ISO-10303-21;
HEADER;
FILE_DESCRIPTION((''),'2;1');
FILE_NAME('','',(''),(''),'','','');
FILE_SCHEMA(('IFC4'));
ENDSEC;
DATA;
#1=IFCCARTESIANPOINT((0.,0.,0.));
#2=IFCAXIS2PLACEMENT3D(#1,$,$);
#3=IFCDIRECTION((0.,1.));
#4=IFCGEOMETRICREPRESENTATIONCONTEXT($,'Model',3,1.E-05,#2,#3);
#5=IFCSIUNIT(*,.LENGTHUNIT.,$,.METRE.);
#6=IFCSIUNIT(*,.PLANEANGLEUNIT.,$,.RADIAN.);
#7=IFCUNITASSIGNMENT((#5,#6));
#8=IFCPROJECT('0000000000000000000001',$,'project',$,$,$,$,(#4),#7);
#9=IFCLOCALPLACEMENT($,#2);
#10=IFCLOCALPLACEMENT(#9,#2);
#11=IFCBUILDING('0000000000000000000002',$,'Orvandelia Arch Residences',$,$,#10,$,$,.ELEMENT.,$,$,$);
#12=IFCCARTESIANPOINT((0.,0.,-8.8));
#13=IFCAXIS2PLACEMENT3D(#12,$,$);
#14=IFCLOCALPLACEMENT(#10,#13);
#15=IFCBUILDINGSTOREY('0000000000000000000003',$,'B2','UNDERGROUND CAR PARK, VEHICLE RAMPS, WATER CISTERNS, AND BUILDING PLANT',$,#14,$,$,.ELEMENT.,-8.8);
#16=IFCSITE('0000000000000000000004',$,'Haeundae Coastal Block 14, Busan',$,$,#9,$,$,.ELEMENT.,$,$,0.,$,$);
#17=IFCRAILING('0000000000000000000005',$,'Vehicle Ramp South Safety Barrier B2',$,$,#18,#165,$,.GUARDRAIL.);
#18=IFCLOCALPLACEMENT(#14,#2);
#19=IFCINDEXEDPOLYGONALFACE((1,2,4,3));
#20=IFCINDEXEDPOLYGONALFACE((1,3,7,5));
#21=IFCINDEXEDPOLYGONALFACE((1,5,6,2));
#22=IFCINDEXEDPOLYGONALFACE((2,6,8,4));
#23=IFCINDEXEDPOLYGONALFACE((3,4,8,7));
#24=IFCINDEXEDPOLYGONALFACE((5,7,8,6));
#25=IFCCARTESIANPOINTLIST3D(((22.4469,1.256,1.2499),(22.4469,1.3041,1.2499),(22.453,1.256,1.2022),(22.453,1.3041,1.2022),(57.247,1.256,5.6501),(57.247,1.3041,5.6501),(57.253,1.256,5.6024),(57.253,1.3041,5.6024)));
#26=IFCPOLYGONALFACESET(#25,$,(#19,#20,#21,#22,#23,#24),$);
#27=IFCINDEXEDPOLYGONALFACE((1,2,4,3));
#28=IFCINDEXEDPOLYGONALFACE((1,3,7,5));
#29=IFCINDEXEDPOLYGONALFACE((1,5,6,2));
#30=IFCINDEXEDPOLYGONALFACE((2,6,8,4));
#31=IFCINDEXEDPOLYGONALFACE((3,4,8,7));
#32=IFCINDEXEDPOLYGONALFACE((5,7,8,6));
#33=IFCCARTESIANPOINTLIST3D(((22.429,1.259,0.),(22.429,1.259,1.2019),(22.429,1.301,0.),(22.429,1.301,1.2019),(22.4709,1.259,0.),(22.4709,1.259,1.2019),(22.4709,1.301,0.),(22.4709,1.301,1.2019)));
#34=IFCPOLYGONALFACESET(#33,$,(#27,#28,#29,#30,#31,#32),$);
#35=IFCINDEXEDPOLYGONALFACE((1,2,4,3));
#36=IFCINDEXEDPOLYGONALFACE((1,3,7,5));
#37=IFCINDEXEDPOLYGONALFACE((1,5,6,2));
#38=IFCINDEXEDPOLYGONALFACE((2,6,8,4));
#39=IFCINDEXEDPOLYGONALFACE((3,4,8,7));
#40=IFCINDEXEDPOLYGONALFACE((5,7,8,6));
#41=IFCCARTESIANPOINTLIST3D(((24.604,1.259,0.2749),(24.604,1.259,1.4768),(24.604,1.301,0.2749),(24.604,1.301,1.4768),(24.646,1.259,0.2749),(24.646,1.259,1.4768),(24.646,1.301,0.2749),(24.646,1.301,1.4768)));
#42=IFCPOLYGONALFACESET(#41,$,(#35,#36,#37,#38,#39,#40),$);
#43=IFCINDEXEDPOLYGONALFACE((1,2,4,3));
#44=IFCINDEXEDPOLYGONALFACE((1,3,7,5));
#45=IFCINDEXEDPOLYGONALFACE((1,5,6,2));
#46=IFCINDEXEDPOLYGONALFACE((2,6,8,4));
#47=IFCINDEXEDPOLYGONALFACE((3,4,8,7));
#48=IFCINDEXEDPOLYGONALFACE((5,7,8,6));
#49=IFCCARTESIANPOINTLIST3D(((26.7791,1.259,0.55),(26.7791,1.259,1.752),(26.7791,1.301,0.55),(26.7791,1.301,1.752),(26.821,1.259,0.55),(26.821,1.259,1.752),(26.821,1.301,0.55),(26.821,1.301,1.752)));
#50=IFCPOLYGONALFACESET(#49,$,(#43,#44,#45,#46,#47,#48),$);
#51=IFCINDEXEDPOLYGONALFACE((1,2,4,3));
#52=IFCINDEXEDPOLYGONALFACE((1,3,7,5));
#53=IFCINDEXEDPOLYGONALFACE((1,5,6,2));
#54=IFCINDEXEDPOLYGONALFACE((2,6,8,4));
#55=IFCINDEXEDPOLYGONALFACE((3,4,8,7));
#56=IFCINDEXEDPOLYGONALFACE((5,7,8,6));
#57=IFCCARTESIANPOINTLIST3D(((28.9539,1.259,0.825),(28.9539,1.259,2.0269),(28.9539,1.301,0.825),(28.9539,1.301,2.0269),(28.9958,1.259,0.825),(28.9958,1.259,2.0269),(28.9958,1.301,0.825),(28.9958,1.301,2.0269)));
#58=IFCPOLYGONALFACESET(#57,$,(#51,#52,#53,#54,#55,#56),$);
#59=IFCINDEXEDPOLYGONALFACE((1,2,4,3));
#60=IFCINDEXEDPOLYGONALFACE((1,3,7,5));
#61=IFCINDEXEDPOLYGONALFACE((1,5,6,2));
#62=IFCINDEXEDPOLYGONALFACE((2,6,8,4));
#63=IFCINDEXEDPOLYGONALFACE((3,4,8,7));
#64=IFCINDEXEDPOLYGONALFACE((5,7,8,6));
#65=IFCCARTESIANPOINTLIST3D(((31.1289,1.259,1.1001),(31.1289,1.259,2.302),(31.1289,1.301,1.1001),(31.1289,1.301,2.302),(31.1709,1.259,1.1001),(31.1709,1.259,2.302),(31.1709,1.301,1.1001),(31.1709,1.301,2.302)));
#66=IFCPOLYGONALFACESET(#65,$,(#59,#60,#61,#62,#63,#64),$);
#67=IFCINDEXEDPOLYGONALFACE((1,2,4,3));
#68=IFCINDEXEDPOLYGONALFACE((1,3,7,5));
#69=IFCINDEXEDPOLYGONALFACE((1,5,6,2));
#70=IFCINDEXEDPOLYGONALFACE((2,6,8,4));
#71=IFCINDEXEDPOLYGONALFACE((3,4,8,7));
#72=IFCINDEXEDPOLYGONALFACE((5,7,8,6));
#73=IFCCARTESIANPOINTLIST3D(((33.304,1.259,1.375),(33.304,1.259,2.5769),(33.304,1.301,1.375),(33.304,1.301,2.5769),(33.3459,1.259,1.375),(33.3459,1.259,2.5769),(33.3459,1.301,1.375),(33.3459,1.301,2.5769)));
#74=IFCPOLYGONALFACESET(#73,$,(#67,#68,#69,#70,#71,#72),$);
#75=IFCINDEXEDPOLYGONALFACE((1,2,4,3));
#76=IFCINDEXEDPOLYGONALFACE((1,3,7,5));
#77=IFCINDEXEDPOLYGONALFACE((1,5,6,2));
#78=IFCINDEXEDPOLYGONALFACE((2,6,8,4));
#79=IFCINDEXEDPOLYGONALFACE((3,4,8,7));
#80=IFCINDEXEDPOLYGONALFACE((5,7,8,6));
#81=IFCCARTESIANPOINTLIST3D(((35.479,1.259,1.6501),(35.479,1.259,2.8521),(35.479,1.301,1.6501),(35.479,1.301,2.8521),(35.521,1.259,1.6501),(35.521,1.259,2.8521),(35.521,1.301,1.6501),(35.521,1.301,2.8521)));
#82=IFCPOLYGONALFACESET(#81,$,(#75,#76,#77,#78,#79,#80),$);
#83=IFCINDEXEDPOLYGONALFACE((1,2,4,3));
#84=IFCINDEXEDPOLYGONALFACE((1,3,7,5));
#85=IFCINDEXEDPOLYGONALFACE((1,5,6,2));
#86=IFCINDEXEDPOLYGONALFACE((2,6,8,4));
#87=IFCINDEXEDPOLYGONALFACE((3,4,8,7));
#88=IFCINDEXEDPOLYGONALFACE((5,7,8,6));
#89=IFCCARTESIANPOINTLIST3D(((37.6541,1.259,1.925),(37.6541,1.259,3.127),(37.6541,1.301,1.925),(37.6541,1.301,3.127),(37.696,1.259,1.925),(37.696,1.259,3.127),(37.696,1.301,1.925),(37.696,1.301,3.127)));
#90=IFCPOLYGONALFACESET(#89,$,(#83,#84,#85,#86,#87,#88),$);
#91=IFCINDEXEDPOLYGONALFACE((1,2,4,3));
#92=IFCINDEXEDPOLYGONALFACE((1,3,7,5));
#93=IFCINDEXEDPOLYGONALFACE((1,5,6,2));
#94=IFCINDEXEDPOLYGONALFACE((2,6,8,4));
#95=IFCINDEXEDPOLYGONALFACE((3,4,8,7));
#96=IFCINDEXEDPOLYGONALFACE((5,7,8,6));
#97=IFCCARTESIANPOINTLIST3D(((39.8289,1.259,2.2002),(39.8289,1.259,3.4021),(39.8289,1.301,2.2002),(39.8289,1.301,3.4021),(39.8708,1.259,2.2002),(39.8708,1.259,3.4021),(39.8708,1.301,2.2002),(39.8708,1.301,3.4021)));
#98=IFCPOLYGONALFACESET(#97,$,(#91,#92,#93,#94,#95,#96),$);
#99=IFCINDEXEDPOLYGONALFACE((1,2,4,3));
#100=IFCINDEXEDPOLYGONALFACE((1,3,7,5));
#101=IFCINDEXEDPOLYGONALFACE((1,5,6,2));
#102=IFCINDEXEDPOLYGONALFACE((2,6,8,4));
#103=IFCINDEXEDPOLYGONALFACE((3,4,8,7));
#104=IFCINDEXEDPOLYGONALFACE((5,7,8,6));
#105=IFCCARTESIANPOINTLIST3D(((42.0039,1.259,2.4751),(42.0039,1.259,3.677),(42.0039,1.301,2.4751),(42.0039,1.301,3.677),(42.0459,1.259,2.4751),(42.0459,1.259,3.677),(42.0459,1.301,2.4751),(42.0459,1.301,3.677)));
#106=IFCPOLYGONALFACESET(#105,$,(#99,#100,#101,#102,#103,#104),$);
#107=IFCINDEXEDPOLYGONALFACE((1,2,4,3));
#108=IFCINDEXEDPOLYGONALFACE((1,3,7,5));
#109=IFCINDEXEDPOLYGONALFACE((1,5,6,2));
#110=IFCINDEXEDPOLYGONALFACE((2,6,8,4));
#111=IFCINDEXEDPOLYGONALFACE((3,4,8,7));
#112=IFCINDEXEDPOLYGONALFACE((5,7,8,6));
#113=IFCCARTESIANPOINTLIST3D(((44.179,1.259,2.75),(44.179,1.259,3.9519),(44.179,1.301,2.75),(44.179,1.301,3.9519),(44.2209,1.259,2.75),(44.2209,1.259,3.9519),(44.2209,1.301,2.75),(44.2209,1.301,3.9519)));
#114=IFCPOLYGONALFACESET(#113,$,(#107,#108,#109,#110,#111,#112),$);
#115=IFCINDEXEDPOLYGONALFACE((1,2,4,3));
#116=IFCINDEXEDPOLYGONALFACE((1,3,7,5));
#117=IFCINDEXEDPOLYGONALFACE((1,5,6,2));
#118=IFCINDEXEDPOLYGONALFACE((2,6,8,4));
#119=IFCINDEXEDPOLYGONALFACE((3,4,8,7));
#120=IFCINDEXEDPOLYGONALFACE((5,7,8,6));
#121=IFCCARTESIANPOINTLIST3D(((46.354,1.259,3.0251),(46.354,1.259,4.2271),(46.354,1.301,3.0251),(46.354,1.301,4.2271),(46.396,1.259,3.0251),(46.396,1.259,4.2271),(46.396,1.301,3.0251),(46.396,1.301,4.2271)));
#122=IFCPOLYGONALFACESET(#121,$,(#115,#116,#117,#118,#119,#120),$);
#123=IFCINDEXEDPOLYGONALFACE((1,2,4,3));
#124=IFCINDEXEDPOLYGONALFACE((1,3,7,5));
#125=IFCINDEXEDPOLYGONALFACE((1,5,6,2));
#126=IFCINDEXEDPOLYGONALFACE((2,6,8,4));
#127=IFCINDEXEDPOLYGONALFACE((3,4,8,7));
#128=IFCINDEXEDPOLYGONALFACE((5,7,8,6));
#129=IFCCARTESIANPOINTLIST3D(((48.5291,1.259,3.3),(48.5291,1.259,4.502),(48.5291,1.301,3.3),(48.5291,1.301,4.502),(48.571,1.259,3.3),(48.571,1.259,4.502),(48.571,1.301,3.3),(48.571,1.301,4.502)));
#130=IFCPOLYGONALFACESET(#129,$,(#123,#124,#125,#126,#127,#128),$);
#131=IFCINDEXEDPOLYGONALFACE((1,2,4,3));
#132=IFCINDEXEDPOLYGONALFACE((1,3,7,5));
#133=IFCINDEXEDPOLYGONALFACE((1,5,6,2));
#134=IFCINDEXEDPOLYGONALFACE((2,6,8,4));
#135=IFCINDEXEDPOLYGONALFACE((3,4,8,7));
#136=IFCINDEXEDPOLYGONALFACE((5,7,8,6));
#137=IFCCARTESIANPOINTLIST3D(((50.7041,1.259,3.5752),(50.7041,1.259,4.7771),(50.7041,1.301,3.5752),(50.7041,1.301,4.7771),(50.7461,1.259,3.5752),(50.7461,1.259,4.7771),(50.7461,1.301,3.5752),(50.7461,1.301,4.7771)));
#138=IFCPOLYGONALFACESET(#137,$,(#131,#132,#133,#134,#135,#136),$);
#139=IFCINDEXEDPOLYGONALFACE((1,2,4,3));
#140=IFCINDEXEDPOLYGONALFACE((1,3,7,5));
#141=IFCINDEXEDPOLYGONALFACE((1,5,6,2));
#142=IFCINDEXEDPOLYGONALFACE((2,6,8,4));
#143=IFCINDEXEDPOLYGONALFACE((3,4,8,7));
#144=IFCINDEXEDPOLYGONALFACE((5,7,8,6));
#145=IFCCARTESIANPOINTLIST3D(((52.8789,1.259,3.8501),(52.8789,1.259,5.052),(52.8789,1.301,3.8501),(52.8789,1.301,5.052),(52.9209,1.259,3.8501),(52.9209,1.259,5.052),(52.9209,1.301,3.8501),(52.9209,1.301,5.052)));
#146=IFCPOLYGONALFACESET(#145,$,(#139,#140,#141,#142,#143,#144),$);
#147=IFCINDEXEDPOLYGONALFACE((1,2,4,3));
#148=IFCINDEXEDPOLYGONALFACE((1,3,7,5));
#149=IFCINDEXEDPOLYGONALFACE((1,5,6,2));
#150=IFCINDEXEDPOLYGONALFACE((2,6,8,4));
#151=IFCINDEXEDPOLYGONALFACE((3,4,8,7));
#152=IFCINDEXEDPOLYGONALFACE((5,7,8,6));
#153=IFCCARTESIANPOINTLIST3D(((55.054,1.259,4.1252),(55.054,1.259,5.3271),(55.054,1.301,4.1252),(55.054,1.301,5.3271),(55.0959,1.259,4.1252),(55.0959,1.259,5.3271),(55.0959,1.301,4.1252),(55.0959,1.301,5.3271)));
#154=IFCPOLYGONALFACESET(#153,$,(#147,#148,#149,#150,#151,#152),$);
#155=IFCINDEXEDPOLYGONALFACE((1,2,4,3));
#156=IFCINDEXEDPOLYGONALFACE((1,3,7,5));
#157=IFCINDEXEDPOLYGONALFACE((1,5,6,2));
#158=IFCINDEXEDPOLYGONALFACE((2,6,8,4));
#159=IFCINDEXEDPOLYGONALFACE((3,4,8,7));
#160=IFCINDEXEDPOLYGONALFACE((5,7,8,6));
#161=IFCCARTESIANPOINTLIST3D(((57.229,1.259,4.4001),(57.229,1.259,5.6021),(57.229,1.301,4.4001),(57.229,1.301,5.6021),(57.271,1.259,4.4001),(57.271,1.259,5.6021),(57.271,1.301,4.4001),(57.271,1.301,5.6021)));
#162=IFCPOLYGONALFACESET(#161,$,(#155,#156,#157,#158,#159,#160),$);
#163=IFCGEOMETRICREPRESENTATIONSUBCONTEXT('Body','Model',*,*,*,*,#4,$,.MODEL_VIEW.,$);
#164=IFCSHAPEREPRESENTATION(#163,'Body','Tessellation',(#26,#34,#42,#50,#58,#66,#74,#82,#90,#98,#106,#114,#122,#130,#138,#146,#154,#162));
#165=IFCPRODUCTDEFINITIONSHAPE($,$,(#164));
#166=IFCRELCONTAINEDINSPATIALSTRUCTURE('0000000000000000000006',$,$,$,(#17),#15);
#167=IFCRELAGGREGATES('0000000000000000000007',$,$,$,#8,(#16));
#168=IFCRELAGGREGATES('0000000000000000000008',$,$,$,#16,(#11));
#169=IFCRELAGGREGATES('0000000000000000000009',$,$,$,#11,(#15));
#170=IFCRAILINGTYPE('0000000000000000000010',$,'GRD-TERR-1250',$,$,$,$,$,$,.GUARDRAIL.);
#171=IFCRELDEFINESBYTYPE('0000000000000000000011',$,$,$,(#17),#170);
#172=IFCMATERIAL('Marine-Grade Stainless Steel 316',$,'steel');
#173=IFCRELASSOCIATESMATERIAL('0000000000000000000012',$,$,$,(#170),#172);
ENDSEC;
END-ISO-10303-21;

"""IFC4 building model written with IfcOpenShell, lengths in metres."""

from ifc_helpers import new_model, si_unit, direction, frame, origin, origin_2d, place, context, subcontext, project, spatial, rectangle, extrude, material, type_object, element, save


model = new_model("IFC4")

# Units and contexts
model_context = context("Model", 3, precision=1e-05, world=origin(), true_north=direction((0.0, 1.0)))
body_context = subcontext(model_context, "Body", "Model", "MODEL_VIEW")
ifc_project = project(units=[si_unit("LENGTHUNIT", "METRE"), si_unit("PLANEANGLEUNIT", "RADIAN")], contexts=[model_context])

# Site, building, storey
site_placement = place(None, origin())
site = spatial("IfcSite", under=ifc_project, at=site_placement, Name="Haeundae Coastal Block 14, Busan", CompositionType="ELEMENT", RefElevation=0.0)
building_placement = place(site_placement, origin())
building = spatial("IfcBuilding", under=site, at=building_placement, Name="Orvandelia Arch Residences", CompositionType="ELEMENT")
storey_placement = place(building_placement, frame((0.0, 0.0, -8.8)))
storey = spatial("IfcBuildingStorey", under=building, at=storey_placement, Name="B2", Description="UNDERGROUND CAR PARK, VEHICLE RAMPS, WATER CISTERNS, AND BUILDING PLANT", CompositionType="ELEMENT", Elevation=-8.8)

# Railing
ifc_material_1 = material(Name="Marine-Grade Stainless Steel 316", Category="steel")
railing_type = type_object("IfcRailingType", Name="GRD-TERR-1250", PredefinedType="GUARDRAIL", material=ifc_material_1)
railing_1_placement = place(storey_placement, frame((22.45, 1.28, 0.0)))
element("IfcRailing", 1, at=railing_1_placement, inside=storey, type_object=railing_type, Name="Vehicle Ramp South Safety Barrier B2", PredefinedType="GUARDRAIL", context=body_context, shape_type="SweptSolid", body=[
    extrude(rectangle(XDim=0.0481, YDim=0.0481, at=origin_2d()), frame((0.0, 0.0, 1.2261), z_axis=(0.992101, 0.0, 0.125442), x_axis=(0.0, 1.0, 0.0)), (0.0, 0.0, 1.0), 35.0771),
    extrude(rectangle(XDim=0.042, YDim=0.042, at=origin_2d()), origin(), (0.0, 0.0, 1.0), 1.2019),
    extrude(rectangle(XDim=0.042, YDim=0.042, at=origin_2d()), frame((2.175, 0.0, 0.2749)), (0.0, 0.0, 1.0), 1.2019),
    extrude(rectangle(XDim=0.042, YDim=0.042, at=origin_2d()), frame((4.3501, 0.0, 0.55)), (0.0, 0.0, 1.0), 1.2019),
    extrude(rectangle(XDim=0.042, YDim=0.042, at=origin_2d()), frame((6.5249, 0.0, 0.825)), (0.0, 0.0, 1.0), 1.2019),
    extrude(rectangle(XDim=0.042, YDim=0.042, at=origin_2d()), frame((8.7, 0.0, 1.1001)), (0.0, 0.0, 1.0), 1.2019),
    extrude(rectangle(XDim=0.042, YDim=0.042, at=origin_2d()), frame((10.875, 0.0, 1.375)), (0.0, 0.0, 1.0), 1.2019),
    extrude(rectangle(XDim=0.042, YDim=0.042, at=origin_2d()), frame((13.05, 0.0, 1.6501)), (0.0, 0.0, 1.0), 1.2019),
    extrude(rectangle(XDim=0.042, YDim=0.042, at=origin_2d()), frame((15.2251, 0.0, 1.925)), (0.0, 0.0, 1.0), 1.2019),
    extrude(rectangle(XDim=0.042, YDim=0.042, at=origin_2d()), frame((17.3999, 0.0, 2.2002)), (0.0, 0.0, 1.0), 1.2019),
    extrude(rectangle(XDim=0.042, YDim=0.042, at=origin_2d()), frame((19.575, 0.0, 2.4751)), (0.0, 0.0, 1.0), 1.2019),
    extrude(rectangle(XDim=0.042, YDim=0.042, at=origin_2d()), frame((21.75, 0.0, 2.75)), (0.0, 0.0, 1.0), 1.2019),
    extrude(rectangle(XDim=0.042, YDim=0.042, at=origin_2d()), frame((23.925, 0.0, 3.0251)), (0.0, 0.0, 1.0), 1.2019),
    extrude(rectangle(XDim=0.042, YDim=0.042, at=origin_2d()), frame((26.1001, 0.0, 3.3)), (0.0, 0.0, 1.0), 1.2019),
    extrude(rectangle(XDim=0.042, YDim=0.042, at=origin_2d()), frame((28.2751, 0.0, 3.5752)), (0.0, 0.0, 1.0), 1.2019),
    extrude(rectangle(XDim=0.042, YDim=0.042, at=origin_2d()), frame((30.45, 0.0, 3.8501)), (0.0, 0.0, 1.0), 1.2019),
    extrude(rectangle(XDim=0.042, YDim=0.042, at=origin_2d()), frame((32.625, 0.0, 4.1252)), (0.0, 0.0, 1.0), 1.2019),
    extrude(rectangle(XDim=0.042, YDim=0.042, at=origin_2d()), frame((34.8, 0.0, 4.4001)), (0.0, 0.0, 1.0), 1.2019),
])

save(model, "model.ifc")
